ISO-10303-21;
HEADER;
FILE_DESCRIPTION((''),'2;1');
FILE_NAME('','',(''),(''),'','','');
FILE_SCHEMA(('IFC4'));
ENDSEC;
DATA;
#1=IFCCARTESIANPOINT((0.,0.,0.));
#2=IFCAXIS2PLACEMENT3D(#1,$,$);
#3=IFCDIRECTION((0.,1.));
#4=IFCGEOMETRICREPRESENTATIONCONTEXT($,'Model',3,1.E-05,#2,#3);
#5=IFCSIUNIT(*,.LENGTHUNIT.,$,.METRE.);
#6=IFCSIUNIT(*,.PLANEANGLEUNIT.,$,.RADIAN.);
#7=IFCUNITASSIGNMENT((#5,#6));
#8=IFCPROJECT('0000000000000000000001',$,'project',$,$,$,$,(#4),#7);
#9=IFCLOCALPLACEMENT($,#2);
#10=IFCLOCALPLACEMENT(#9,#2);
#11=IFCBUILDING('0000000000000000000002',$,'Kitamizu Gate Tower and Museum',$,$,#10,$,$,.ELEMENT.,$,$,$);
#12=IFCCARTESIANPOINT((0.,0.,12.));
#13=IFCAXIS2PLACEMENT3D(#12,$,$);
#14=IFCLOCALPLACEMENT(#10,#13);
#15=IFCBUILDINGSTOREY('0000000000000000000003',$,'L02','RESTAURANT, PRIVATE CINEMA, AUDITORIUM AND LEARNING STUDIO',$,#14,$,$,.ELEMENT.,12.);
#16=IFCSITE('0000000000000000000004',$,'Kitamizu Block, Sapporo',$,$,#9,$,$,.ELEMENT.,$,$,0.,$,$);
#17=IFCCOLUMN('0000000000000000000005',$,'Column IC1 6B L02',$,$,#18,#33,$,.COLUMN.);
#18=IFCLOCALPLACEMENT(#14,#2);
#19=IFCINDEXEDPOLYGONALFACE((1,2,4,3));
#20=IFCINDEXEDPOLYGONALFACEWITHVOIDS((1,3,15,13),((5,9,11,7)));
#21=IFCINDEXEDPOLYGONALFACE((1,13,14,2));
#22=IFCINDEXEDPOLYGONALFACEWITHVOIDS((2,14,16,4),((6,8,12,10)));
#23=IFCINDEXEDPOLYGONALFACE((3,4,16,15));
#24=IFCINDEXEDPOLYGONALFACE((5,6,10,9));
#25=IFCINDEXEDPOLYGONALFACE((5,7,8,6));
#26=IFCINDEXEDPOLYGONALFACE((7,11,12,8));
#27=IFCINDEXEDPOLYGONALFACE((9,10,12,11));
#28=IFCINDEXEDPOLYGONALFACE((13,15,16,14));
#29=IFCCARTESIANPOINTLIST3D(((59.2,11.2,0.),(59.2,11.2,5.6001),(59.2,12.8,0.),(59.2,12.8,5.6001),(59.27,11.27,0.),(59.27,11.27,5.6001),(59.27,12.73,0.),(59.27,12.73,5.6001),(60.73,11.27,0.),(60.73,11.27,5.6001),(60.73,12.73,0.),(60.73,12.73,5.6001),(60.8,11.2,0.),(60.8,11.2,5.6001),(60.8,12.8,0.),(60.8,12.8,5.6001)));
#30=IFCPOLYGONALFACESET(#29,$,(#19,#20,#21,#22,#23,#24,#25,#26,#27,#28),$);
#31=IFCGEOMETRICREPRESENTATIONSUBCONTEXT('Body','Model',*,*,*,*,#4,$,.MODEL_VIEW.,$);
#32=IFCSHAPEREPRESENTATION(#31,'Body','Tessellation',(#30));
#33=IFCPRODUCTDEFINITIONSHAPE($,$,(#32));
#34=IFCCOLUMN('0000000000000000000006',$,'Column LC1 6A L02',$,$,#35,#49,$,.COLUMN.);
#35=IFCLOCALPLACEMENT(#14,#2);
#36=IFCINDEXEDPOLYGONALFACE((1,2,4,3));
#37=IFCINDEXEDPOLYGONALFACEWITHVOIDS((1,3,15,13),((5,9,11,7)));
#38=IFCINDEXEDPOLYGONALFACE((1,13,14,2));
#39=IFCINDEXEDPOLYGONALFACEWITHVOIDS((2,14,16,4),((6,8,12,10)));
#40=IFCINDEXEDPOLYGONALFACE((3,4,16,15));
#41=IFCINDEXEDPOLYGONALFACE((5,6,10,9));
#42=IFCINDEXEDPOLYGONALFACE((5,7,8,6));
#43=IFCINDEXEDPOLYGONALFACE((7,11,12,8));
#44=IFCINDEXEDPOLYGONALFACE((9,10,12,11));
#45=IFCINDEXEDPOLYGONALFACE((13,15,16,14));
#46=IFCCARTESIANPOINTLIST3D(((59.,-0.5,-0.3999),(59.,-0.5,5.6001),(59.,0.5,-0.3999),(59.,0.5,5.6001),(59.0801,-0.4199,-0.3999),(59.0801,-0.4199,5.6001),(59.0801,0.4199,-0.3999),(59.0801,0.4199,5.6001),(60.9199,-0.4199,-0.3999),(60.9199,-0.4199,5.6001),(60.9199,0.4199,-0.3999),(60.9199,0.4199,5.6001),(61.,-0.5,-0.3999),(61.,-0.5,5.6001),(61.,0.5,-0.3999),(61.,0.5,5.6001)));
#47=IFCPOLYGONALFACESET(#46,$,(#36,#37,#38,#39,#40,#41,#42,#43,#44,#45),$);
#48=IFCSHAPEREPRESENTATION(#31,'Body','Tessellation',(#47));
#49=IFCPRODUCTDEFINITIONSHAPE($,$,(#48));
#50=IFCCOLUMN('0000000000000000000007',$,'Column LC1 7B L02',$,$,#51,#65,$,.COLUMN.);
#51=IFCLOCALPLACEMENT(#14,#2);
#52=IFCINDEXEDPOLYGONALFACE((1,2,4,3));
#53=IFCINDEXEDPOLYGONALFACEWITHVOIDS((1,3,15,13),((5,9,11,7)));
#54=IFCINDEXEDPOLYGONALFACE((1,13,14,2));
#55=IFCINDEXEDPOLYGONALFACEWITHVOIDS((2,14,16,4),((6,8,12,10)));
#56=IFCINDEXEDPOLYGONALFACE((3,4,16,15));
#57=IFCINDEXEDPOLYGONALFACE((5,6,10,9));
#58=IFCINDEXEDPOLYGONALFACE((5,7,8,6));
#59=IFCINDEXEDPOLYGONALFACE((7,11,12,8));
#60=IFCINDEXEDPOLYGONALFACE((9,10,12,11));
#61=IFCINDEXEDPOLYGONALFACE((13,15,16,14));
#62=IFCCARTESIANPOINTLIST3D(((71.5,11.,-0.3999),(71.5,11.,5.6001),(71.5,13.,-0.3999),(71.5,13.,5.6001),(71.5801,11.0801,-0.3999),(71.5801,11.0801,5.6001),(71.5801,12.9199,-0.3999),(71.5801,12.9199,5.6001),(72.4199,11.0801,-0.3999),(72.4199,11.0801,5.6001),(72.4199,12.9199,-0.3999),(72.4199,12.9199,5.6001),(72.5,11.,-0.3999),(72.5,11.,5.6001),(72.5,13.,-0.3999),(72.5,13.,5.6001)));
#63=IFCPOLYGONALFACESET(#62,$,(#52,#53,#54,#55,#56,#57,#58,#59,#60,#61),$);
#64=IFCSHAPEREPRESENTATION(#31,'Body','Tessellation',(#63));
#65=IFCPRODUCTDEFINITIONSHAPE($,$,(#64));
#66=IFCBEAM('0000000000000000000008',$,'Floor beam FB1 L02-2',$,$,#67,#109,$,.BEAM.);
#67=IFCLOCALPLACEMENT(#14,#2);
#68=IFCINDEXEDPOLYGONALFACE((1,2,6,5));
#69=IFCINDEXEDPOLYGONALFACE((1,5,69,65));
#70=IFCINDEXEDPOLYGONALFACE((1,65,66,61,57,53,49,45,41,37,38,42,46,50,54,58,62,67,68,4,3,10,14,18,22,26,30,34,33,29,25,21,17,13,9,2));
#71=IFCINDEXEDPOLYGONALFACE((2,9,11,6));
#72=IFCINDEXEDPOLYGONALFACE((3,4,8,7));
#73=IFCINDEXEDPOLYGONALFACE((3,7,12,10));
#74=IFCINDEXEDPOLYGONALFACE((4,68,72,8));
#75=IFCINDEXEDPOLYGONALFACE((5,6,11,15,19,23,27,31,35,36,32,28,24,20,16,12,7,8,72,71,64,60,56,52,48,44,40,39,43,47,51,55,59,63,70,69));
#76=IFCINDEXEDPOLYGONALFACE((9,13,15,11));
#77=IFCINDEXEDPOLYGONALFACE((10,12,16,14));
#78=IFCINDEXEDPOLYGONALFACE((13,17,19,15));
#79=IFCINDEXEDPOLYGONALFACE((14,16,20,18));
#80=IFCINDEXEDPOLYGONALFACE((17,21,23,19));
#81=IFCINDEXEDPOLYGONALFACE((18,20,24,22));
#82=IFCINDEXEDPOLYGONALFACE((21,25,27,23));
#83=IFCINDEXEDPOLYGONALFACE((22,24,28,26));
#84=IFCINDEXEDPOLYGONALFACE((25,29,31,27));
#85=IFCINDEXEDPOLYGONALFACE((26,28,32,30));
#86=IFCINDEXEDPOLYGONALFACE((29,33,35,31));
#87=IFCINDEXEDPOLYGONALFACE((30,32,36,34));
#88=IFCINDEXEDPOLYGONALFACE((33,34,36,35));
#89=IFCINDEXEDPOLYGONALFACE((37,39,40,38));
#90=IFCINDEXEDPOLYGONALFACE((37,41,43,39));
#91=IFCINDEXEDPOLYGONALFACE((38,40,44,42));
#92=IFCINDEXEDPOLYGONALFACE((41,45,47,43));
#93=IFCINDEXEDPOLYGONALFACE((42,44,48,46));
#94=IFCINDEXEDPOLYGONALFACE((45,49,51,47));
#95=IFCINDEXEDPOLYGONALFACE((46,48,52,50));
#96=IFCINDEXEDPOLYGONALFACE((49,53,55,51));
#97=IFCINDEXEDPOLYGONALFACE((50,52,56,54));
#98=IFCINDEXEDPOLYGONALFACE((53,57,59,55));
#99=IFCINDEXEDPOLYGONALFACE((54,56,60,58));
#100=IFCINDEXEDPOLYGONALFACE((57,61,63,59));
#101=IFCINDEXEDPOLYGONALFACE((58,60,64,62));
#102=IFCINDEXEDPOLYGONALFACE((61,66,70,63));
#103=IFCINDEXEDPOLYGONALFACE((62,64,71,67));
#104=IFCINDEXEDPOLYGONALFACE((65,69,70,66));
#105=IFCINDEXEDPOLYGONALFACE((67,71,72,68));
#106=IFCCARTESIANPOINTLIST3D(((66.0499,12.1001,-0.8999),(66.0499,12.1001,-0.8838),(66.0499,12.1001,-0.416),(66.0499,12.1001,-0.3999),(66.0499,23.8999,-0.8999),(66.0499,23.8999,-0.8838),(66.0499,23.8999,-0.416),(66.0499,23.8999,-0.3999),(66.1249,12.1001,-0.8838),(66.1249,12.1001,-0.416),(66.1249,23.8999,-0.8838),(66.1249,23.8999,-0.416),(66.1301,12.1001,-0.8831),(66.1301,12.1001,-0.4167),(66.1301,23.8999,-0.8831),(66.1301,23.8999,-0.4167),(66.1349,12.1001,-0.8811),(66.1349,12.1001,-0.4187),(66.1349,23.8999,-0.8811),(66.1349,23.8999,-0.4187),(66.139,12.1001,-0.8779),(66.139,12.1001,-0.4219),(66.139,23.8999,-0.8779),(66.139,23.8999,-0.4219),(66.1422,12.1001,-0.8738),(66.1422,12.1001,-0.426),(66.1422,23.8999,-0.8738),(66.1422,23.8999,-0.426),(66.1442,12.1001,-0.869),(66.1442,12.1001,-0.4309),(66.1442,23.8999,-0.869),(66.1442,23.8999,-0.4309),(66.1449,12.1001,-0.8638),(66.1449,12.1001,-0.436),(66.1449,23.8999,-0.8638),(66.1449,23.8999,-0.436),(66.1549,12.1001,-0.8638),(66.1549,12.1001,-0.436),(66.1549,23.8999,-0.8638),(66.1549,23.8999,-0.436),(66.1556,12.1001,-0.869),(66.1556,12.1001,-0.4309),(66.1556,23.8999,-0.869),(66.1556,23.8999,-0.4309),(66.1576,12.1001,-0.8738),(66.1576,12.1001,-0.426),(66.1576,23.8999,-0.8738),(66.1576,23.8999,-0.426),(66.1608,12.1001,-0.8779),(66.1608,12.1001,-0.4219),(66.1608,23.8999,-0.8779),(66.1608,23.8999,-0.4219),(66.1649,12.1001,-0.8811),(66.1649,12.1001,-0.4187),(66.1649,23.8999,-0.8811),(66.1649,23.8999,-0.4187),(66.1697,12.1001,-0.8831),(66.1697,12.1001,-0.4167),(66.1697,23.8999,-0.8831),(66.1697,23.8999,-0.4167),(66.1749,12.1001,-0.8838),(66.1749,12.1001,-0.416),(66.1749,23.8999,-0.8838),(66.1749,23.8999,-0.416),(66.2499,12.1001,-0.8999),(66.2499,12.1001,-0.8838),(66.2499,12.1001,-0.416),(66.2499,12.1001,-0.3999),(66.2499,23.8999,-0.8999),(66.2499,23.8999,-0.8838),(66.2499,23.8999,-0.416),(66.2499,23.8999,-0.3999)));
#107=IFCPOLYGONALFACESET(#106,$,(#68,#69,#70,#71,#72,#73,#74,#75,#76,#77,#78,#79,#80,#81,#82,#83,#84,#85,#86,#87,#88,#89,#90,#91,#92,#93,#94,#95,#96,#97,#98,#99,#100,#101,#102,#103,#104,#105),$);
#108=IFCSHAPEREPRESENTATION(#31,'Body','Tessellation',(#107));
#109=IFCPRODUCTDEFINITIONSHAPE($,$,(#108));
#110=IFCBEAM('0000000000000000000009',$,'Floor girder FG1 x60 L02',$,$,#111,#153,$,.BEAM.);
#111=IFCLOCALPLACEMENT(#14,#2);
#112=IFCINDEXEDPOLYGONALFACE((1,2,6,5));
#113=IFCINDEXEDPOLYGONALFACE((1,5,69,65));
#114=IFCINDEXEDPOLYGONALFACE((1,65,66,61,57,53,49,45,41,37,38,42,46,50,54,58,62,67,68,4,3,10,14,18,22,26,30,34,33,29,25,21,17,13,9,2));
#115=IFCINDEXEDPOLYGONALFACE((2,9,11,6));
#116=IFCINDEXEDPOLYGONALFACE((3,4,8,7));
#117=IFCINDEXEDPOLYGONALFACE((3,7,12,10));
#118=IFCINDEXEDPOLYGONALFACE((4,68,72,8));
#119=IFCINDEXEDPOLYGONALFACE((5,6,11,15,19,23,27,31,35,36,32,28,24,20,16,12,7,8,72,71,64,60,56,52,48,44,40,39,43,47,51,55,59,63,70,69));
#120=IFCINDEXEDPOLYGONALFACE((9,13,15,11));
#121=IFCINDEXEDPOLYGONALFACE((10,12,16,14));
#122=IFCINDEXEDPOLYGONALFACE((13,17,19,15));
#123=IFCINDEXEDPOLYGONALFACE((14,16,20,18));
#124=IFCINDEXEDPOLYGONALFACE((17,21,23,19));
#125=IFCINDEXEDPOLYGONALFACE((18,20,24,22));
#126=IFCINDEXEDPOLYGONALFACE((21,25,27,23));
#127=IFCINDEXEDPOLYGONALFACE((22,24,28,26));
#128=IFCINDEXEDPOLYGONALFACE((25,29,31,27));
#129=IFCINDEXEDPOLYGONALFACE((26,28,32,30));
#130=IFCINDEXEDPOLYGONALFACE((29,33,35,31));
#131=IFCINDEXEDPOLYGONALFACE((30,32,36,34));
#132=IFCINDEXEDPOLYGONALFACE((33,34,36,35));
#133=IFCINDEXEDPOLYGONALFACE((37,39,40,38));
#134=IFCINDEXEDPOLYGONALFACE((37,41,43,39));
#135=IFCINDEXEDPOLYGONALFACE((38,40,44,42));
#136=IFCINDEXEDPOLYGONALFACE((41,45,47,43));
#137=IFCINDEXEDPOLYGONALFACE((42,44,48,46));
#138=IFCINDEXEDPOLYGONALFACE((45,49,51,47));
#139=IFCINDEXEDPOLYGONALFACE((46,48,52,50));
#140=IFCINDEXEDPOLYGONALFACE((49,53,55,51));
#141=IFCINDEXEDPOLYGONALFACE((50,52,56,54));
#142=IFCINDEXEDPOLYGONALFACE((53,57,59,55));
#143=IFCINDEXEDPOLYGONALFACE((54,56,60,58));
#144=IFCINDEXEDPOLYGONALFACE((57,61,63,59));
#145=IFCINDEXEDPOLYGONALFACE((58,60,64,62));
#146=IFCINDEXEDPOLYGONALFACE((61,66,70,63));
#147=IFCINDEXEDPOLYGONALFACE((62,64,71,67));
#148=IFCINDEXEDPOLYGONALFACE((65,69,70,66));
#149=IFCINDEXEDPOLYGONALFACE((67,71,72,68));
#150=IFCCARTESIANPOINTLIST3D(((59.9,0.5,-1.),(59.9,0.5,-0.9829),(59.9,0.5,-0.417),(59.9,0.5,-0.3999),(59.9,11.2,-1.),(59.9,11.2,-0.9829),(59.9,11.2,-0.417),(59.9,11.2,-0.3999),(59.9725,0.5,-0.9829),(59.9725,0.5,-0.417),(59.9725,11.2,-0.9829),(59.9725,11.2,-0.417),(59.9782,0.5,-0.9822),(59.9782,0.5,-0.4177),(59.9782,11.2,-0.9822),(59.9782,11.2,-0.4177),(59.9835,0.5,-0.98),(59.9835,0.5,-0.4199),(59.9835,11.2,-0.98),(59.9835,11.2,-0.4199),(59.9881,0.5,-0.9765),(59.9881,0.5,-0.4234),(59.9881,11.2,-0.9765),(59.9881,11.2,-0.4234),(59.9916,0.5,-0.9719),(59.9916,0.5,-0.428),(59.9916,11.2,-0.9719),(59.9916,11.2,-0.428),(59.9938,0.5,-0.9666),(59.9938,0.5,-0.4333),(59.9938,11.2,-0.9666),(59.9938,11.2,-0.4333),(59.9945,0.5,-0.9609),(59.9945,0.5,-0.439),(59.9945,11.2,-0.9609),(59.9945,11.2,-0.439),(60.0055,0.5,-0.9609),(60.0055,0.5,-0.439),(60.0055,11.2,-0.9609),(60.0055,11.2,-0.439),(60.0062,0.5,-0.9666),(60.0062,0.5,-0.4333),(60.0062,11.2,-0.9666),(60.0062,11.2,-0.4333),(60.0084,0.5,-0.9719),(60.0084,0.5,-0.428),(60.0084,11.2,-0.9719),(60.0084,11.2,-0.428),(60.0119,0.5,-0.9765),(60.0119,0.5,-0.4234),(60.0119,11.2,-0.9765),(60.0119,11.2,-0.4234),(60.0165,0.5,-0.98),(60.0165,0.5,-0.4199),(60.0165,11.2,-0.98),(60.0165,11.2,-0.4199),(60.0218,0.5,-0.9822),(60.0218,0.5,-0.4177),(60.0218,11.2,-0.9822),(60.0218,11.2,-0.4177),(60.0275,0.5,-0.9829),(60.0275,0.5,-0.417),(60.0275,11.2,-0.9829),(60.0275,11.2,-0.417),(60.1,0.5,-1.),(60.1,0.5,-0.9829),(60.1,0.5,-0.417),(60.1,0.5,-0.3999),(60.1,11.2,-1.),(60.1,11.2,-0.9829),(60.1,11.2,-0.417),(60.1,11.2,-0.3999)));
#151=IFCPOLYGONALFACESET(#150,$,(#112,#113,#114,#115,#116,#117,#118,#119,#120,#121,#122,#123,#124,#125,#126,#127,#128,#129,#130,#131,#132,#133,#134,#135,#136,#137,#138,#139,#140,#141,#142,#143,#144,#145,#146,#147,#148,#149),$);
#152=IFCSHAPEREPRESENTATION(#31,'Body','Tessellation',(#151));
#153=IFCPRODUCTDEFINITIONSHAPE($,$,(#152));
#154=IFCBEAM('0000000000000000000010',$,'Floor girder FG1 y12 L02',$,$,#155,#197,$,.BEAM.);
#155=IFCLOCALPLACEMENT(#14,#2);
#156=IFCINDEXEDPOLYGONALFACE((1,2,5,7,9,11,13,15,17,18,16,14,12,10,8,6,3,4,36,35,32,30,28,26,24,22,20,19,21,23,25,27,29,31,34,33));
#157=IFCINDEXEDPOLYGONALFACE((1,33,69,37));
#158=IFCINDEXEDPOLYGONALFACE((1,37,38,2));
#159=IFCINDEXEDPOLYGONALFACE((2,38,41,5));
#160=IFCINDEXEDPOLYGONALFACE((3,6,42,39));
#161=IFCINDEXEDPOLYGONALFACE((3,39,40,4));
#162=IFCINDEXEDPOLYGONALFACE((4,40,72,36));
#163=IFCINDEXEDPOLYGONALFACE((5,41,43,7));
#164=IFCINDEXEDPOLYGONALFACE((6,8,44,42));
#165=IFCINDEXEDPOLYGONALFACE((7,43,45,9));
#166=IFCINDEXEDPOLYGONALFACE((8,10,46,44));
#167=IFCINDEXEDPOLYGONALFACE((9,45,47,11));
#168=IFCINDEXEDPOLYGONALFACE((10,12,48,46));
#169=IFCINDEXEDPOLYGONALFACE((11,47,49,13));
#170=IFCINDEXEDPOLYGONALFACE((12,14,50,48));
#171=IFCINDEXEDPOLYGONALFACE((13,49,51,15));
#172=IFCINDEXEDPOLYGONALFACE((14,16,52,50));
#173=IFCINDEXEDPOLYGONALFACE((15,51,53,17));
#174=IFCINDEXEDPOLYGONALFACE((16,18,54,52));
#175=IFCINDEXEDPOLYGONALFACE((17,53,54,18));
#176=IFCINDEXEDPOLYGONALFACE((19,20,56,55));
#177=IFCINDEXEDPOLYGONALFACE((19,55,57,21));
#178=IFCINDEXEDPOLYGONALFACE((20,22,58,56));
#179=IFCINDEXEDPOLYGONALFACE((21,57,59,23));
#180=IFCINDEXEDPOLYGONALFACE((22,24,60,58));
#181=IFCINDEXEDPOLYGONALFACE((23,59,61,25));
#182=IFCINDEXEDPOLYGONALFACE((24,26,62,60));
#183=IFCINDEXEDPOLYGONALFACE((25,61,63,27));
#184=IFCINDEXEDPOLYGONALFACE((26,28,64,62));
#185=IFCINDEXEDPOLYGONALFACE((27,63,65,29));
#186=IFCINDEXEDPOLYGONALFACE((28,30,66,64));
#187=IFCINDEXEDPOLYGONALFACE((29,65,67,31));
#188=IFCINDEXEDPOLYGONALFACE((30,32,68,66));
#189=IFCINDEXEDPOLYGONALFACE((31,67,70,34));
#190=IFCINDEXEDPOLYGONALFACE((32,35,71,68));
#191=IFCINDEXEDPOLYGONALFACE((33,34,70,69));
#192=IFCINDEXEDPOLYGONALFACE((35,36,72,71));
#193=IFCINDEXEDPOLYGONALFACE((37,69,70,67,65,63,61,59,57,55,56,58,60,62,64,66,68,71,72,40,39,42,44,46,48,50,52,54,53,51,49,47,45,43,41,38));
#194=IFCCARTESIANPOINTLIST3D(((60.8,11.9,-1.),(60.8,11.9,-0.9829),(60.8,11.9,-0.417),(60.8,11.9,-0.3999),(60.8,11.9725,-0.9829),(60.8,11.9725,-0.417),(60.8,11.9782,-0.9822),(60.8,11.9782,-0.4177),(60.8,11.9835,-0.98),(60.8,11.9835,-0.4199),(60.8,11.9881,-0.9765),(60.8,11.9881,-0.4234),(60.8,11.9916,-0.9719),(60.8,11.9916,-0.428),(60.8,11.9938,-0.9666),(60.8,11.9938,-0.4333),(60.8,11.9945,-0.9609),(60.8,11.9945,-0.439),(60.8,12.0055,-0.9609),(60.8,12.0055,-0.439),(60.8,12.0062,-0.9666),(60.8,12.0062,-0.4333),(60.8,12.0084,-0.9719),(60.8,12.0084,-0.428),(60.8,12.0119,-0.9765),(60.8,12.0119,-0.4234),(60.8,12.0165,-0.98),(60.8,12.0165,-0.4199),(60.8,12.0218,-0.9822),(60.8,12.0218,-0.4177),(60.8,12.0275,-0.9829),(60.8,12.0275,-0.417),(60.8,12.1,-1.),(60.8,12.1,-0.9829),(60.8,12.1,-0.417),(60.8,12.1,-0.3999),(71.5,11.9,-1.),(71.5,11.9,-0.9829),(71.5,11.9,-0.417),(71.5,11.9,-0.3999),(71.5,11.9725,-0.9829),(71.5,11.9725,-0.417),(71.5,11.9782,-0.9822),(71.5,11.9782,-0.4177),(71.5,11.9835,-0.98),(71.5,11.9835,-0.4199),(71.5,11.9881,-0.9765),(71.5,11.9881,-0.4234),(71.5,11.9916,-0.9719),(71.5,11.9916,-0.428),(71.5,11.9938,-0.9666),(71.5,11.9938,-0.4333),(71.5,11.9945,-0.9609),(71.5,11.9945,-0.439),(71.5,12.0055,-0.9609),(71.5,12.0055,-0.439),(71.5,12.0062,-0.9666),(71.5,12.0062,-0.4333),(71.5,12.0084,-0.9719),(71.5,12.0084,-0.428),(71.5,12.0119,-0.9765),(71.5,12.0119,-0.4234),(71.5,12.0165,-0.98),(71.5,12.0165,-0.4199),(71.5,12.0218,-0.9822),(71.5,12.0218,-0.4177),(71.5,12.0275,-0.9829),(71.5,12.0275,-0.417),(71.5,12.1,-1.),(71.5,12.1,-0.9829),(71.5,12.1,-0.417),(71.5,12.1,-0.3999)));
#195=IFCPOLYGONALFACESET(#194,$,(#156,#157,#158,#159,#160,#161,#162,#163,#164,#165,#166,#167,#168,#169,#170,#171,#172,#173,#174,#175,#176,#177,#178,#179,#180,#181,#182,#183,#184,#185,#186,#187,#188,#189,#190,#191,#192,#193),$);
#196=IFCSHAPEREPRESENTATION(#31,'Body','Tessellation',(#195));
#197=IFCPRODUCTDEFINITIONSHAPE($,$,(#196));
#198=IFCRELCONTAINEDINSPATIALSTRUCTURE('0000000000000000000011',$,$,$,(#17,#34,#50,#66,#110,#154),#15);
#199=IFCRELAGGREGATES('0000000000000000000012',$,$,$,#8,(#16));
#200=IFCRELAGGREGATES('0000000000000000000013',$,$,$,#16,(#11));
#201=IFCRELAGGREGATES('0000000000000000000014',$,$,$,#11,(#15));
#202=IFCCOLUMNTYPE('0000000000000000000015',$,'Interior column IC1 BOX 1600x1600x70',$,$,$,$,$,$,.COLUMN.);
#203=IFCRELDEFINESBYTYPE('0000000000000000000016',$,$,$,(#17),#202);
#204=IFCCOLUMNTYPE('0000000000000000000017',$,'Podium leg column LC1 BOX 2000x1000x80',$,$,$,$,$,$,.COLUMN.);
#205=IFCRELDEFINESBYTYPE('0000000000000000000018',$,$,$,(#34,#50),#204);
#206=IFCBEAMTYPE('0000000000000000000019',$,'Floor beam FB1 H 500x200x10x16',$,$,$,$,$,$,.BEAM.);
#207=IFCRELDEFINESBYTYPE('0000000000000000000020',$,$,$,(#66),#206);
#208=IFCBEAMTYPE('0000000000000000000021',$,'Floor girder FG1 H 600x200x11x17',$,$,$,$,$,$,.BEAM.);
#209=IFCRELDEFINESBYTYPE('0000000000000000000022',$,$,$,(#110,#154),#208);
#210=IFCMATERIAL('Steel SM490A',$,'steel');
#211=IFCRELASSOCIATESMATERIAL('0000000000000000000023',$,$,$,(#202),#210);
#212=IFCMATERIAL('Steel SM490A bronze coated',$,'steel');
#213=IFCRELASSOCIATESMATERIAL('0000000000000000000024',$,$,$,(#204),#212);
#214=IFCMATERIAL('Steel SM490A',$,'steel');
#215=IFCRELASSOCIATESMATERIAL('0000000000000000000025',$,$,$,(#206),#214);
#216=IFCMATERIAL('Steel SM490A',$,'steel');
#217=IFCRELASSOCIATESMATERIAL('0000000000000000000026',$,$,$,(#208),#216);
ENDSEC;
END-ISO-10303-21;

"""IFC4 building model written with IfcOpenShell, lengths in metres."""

from ifc_helpers import new_model, si_unit, direction, frame, origin, origin_2d, place, context, subcontext, project, spatial, hollow_rectangle, i_section, extrude, material, material_profile, profile_set, type_object, element, save


model = new_model("IFC4")

# Units and contexts
model_context = context("Model", 3, precision=1e-05, world=origin(), true_north=direction((0.0, 1.0)))
body_context = subcontext(model_context, "Body", "Model", "MODEL_VIEW")
ifc_project = project(units=[si_unit("LENGTHUNIT", "METRE"), si_unit("PLANEANGLEUNIT", "RADIAN")], contexts=[model_context])

# Site, building, storey
site_placement = place(None, origin())
site = spatial("IfcSite", under=ifc_project, at=site_placement, Name="Kitamizu Block, Sapporo", CompositionType="ELEMENT", RefElevation=0.0)
building_placement = place(site_placement, origin())
building = spatial("IfcBuilding", under=site, at=building_placement, Name="Kitamizu Gate Tower and Museum", CompositionType="ELEMENT")
storey_placement = place(building_placement, frame((0.0, 0.0, 12.0)))
storey = spatial("IfcBuildingStorey", under=building, at=storey_placement, Name="L02", Description="RESTAURANT, PRIVATE CINEMA, AUDITORIUM AND LEARNING STUDIO", CompositionType="ELEMENT", Elevation=12.0)

# Columns
ifc_material_1 = material(Name="Steel SM490A", Category="steel")
ifc_material_profile_1 = material_profile(ifc_material_1, hollow_rectangle(XDim=1.6001, YDim=1.6001, WallThickness=0.0701, at=origin_2d()), Name="BOX 1600x1600x70")
ifc_profile_set_1 = profile_set([ifc_material_profile_1], Name="Steel SM490A")
column_type_1 = type_object("IfcColumnType", Name="Interior column IC1 BOX 1600x1600x70", PredefinedType="COLUMN", material=ifc_profile_set_1)
column_placement = place(storey_placement, frame((60.0, 12.0, 0.0), z_axis=(0.0, 0.0, 1.0), x_axis=(1.0, 0.0, 0.0)))
element("IfcColumn", 1, at=column_placement, inside=storey, type_object=column_type_1, Name="Column IC1 6B L02", PredefinedType="COLUMN", context=body_context, shape_type="SweptSolid", body=[
    extrude(hollow_rectangle(XDim=1.6001, YDim=1.6001, WallThickness=0.0701, at=origin_2d()), origin(), (0.0, 0.0, 1.0), 5.6001),
])
ifc_material_2 = material(Name="Steel SM490A bronze coated", Category="steel")
ifc_material_profile_2 = material_profile(ifc_material_2, hollow_rectangle(XDim=2.0, YDim=1.0, WallThickness=0.0801, at=origin_2d()), Name="BOX 2000x1000x80")
ifc_profile_set_2 = profile_set([ifc_material_profile_2], Name="Steel SM490A bronze coated")
column_type_2 = type_object("IfcColumnType", Name="Podium leg column LC1 BOX 2000x1000x80", PredefinedType="COLUMN", material=ifc_profile_set_2)
for number, where, z_axis, x_axis, name in (
    (2, (60.0, 0.0, -0.3999), (0.0, 0.0, 1.0), (1.0, 0.0, 0.0), "Column LC1 6A L02"),
    (3, (72.0, 12.0, -0.3999), (0.0, 0.0, 1.0), (0.0, 1.0, 0.0), "Column LC1 7B L02"),
):
    element("IfcColumn", number, at=place(storey_placement, frame(where, z_axis=z_axis, x_axis=x_axis)), inside=storey, type_object=column_type_2, Name=name, PredefinedType="COLUMN", context=body_context, shape_type="SweptSolid", body=[
        extrude(hollow_rectangle(XDim=2.0, YDim=1.0, WallThickness=0.0801, at=origin_2d()), origin(), (0.0, 0.0, 1.0), 6.0),
    ])

# Beams
ifc_material_3 = material(Name="Steel SM490A", Category="steel")
ifc_material_profile_3 = material_profile(ifc_material_3, i_section(OverallWidth=0.2, OverallDepth=0.5, WebThickness=0.01, FlangeThickness=0.0161, FilletRadius=0.02, at=origin_2d()), Name="H-500x200x10x16")
ifc_profile_set_3 = profile_set([ifc_material_profile_3], Name="Steel SM490A")
beam_type_1 = type_object("IfcBeamType", Name="Floor beam FB1 H 500x200x10x16", PredefinedType="BEAM", material=ifc_profile_set_3)
beam_placement = place(storey_placement, frame((66.1499, 12.1001, -0.6499), z_axis=(0.0, 1.0, 0.0), x_axis=(-1.0, 0.0, 0.0)))
element("IfcBeam", 4, at=beam_placement, inside=storey, type_object=beam_type_1, Name="Floor beam FB1 L02-2", PredefinedType="BEAM", context=body_context, shape_type="SweptSolid", body=[
    extrude(i_section(OverallWidth=0.2, OverallDepth=0.5, WebThickness=0.01, FlangeThickness=0.0161, FilletRadius=0.02, at=origin_2d()), origin(), (0.0, 0.0, 1.0), 11.7998),
])
ifc_material_4 = material(Name="Steel SM490A", Category="steel")
ifc_material_profile_4 = material_profile(ifc_material_4, i_section(OverallWidth=0.2, OverallDepth=0.6001, WebThickness=0.011, FlangeThickness=0.0171, FilletRadius=0.022, at=origin_2d()), Name="H-600x200x11x17")
ifc_profile_set_4 = profile_set([ifc_material_profile_4], Name="Steel SM490A")
beam_type_2 = type_object("IfcBeamType", Name="Floor girder FG1 H 600x200x11x17", PredefinedType="BEAM", material=ifc_profile_set_4)
for number, where, z_axis, x_axis, name in (
    (5, (60.0, 0.5, -0.7), (0.0, 1.0, 0.0), (-1.0, 0.0, 0.0), "Floor girder FG1 x60 L02"),
    (6, (60.8, 12.0, -0.7), (1.0, 0.0, 0.0), (0.0, 1.0, 0.0), "Floor girder FG1 y12 L02"),
):
    element("IfcBeam", number, at=place(storey_placement, frame(where, z_axis=z_axis, x_axis=x_axis)), inside=storey, type_object=beam_type_2, Name=name, PredefinedType="BEAM", context=body_context, shape_type="SweptSolid", body=[
        extrude(i_section(OverallWidth=0.2, OverallDepth=0.6001, WebThickness=0.011, FlangeThickness=0.0171, FilletRadius=0.022, at=origin_2d()), origin(), (0.0, 0.0, 1.0), 10.7),
    ])

save(model, "model.ifc")
